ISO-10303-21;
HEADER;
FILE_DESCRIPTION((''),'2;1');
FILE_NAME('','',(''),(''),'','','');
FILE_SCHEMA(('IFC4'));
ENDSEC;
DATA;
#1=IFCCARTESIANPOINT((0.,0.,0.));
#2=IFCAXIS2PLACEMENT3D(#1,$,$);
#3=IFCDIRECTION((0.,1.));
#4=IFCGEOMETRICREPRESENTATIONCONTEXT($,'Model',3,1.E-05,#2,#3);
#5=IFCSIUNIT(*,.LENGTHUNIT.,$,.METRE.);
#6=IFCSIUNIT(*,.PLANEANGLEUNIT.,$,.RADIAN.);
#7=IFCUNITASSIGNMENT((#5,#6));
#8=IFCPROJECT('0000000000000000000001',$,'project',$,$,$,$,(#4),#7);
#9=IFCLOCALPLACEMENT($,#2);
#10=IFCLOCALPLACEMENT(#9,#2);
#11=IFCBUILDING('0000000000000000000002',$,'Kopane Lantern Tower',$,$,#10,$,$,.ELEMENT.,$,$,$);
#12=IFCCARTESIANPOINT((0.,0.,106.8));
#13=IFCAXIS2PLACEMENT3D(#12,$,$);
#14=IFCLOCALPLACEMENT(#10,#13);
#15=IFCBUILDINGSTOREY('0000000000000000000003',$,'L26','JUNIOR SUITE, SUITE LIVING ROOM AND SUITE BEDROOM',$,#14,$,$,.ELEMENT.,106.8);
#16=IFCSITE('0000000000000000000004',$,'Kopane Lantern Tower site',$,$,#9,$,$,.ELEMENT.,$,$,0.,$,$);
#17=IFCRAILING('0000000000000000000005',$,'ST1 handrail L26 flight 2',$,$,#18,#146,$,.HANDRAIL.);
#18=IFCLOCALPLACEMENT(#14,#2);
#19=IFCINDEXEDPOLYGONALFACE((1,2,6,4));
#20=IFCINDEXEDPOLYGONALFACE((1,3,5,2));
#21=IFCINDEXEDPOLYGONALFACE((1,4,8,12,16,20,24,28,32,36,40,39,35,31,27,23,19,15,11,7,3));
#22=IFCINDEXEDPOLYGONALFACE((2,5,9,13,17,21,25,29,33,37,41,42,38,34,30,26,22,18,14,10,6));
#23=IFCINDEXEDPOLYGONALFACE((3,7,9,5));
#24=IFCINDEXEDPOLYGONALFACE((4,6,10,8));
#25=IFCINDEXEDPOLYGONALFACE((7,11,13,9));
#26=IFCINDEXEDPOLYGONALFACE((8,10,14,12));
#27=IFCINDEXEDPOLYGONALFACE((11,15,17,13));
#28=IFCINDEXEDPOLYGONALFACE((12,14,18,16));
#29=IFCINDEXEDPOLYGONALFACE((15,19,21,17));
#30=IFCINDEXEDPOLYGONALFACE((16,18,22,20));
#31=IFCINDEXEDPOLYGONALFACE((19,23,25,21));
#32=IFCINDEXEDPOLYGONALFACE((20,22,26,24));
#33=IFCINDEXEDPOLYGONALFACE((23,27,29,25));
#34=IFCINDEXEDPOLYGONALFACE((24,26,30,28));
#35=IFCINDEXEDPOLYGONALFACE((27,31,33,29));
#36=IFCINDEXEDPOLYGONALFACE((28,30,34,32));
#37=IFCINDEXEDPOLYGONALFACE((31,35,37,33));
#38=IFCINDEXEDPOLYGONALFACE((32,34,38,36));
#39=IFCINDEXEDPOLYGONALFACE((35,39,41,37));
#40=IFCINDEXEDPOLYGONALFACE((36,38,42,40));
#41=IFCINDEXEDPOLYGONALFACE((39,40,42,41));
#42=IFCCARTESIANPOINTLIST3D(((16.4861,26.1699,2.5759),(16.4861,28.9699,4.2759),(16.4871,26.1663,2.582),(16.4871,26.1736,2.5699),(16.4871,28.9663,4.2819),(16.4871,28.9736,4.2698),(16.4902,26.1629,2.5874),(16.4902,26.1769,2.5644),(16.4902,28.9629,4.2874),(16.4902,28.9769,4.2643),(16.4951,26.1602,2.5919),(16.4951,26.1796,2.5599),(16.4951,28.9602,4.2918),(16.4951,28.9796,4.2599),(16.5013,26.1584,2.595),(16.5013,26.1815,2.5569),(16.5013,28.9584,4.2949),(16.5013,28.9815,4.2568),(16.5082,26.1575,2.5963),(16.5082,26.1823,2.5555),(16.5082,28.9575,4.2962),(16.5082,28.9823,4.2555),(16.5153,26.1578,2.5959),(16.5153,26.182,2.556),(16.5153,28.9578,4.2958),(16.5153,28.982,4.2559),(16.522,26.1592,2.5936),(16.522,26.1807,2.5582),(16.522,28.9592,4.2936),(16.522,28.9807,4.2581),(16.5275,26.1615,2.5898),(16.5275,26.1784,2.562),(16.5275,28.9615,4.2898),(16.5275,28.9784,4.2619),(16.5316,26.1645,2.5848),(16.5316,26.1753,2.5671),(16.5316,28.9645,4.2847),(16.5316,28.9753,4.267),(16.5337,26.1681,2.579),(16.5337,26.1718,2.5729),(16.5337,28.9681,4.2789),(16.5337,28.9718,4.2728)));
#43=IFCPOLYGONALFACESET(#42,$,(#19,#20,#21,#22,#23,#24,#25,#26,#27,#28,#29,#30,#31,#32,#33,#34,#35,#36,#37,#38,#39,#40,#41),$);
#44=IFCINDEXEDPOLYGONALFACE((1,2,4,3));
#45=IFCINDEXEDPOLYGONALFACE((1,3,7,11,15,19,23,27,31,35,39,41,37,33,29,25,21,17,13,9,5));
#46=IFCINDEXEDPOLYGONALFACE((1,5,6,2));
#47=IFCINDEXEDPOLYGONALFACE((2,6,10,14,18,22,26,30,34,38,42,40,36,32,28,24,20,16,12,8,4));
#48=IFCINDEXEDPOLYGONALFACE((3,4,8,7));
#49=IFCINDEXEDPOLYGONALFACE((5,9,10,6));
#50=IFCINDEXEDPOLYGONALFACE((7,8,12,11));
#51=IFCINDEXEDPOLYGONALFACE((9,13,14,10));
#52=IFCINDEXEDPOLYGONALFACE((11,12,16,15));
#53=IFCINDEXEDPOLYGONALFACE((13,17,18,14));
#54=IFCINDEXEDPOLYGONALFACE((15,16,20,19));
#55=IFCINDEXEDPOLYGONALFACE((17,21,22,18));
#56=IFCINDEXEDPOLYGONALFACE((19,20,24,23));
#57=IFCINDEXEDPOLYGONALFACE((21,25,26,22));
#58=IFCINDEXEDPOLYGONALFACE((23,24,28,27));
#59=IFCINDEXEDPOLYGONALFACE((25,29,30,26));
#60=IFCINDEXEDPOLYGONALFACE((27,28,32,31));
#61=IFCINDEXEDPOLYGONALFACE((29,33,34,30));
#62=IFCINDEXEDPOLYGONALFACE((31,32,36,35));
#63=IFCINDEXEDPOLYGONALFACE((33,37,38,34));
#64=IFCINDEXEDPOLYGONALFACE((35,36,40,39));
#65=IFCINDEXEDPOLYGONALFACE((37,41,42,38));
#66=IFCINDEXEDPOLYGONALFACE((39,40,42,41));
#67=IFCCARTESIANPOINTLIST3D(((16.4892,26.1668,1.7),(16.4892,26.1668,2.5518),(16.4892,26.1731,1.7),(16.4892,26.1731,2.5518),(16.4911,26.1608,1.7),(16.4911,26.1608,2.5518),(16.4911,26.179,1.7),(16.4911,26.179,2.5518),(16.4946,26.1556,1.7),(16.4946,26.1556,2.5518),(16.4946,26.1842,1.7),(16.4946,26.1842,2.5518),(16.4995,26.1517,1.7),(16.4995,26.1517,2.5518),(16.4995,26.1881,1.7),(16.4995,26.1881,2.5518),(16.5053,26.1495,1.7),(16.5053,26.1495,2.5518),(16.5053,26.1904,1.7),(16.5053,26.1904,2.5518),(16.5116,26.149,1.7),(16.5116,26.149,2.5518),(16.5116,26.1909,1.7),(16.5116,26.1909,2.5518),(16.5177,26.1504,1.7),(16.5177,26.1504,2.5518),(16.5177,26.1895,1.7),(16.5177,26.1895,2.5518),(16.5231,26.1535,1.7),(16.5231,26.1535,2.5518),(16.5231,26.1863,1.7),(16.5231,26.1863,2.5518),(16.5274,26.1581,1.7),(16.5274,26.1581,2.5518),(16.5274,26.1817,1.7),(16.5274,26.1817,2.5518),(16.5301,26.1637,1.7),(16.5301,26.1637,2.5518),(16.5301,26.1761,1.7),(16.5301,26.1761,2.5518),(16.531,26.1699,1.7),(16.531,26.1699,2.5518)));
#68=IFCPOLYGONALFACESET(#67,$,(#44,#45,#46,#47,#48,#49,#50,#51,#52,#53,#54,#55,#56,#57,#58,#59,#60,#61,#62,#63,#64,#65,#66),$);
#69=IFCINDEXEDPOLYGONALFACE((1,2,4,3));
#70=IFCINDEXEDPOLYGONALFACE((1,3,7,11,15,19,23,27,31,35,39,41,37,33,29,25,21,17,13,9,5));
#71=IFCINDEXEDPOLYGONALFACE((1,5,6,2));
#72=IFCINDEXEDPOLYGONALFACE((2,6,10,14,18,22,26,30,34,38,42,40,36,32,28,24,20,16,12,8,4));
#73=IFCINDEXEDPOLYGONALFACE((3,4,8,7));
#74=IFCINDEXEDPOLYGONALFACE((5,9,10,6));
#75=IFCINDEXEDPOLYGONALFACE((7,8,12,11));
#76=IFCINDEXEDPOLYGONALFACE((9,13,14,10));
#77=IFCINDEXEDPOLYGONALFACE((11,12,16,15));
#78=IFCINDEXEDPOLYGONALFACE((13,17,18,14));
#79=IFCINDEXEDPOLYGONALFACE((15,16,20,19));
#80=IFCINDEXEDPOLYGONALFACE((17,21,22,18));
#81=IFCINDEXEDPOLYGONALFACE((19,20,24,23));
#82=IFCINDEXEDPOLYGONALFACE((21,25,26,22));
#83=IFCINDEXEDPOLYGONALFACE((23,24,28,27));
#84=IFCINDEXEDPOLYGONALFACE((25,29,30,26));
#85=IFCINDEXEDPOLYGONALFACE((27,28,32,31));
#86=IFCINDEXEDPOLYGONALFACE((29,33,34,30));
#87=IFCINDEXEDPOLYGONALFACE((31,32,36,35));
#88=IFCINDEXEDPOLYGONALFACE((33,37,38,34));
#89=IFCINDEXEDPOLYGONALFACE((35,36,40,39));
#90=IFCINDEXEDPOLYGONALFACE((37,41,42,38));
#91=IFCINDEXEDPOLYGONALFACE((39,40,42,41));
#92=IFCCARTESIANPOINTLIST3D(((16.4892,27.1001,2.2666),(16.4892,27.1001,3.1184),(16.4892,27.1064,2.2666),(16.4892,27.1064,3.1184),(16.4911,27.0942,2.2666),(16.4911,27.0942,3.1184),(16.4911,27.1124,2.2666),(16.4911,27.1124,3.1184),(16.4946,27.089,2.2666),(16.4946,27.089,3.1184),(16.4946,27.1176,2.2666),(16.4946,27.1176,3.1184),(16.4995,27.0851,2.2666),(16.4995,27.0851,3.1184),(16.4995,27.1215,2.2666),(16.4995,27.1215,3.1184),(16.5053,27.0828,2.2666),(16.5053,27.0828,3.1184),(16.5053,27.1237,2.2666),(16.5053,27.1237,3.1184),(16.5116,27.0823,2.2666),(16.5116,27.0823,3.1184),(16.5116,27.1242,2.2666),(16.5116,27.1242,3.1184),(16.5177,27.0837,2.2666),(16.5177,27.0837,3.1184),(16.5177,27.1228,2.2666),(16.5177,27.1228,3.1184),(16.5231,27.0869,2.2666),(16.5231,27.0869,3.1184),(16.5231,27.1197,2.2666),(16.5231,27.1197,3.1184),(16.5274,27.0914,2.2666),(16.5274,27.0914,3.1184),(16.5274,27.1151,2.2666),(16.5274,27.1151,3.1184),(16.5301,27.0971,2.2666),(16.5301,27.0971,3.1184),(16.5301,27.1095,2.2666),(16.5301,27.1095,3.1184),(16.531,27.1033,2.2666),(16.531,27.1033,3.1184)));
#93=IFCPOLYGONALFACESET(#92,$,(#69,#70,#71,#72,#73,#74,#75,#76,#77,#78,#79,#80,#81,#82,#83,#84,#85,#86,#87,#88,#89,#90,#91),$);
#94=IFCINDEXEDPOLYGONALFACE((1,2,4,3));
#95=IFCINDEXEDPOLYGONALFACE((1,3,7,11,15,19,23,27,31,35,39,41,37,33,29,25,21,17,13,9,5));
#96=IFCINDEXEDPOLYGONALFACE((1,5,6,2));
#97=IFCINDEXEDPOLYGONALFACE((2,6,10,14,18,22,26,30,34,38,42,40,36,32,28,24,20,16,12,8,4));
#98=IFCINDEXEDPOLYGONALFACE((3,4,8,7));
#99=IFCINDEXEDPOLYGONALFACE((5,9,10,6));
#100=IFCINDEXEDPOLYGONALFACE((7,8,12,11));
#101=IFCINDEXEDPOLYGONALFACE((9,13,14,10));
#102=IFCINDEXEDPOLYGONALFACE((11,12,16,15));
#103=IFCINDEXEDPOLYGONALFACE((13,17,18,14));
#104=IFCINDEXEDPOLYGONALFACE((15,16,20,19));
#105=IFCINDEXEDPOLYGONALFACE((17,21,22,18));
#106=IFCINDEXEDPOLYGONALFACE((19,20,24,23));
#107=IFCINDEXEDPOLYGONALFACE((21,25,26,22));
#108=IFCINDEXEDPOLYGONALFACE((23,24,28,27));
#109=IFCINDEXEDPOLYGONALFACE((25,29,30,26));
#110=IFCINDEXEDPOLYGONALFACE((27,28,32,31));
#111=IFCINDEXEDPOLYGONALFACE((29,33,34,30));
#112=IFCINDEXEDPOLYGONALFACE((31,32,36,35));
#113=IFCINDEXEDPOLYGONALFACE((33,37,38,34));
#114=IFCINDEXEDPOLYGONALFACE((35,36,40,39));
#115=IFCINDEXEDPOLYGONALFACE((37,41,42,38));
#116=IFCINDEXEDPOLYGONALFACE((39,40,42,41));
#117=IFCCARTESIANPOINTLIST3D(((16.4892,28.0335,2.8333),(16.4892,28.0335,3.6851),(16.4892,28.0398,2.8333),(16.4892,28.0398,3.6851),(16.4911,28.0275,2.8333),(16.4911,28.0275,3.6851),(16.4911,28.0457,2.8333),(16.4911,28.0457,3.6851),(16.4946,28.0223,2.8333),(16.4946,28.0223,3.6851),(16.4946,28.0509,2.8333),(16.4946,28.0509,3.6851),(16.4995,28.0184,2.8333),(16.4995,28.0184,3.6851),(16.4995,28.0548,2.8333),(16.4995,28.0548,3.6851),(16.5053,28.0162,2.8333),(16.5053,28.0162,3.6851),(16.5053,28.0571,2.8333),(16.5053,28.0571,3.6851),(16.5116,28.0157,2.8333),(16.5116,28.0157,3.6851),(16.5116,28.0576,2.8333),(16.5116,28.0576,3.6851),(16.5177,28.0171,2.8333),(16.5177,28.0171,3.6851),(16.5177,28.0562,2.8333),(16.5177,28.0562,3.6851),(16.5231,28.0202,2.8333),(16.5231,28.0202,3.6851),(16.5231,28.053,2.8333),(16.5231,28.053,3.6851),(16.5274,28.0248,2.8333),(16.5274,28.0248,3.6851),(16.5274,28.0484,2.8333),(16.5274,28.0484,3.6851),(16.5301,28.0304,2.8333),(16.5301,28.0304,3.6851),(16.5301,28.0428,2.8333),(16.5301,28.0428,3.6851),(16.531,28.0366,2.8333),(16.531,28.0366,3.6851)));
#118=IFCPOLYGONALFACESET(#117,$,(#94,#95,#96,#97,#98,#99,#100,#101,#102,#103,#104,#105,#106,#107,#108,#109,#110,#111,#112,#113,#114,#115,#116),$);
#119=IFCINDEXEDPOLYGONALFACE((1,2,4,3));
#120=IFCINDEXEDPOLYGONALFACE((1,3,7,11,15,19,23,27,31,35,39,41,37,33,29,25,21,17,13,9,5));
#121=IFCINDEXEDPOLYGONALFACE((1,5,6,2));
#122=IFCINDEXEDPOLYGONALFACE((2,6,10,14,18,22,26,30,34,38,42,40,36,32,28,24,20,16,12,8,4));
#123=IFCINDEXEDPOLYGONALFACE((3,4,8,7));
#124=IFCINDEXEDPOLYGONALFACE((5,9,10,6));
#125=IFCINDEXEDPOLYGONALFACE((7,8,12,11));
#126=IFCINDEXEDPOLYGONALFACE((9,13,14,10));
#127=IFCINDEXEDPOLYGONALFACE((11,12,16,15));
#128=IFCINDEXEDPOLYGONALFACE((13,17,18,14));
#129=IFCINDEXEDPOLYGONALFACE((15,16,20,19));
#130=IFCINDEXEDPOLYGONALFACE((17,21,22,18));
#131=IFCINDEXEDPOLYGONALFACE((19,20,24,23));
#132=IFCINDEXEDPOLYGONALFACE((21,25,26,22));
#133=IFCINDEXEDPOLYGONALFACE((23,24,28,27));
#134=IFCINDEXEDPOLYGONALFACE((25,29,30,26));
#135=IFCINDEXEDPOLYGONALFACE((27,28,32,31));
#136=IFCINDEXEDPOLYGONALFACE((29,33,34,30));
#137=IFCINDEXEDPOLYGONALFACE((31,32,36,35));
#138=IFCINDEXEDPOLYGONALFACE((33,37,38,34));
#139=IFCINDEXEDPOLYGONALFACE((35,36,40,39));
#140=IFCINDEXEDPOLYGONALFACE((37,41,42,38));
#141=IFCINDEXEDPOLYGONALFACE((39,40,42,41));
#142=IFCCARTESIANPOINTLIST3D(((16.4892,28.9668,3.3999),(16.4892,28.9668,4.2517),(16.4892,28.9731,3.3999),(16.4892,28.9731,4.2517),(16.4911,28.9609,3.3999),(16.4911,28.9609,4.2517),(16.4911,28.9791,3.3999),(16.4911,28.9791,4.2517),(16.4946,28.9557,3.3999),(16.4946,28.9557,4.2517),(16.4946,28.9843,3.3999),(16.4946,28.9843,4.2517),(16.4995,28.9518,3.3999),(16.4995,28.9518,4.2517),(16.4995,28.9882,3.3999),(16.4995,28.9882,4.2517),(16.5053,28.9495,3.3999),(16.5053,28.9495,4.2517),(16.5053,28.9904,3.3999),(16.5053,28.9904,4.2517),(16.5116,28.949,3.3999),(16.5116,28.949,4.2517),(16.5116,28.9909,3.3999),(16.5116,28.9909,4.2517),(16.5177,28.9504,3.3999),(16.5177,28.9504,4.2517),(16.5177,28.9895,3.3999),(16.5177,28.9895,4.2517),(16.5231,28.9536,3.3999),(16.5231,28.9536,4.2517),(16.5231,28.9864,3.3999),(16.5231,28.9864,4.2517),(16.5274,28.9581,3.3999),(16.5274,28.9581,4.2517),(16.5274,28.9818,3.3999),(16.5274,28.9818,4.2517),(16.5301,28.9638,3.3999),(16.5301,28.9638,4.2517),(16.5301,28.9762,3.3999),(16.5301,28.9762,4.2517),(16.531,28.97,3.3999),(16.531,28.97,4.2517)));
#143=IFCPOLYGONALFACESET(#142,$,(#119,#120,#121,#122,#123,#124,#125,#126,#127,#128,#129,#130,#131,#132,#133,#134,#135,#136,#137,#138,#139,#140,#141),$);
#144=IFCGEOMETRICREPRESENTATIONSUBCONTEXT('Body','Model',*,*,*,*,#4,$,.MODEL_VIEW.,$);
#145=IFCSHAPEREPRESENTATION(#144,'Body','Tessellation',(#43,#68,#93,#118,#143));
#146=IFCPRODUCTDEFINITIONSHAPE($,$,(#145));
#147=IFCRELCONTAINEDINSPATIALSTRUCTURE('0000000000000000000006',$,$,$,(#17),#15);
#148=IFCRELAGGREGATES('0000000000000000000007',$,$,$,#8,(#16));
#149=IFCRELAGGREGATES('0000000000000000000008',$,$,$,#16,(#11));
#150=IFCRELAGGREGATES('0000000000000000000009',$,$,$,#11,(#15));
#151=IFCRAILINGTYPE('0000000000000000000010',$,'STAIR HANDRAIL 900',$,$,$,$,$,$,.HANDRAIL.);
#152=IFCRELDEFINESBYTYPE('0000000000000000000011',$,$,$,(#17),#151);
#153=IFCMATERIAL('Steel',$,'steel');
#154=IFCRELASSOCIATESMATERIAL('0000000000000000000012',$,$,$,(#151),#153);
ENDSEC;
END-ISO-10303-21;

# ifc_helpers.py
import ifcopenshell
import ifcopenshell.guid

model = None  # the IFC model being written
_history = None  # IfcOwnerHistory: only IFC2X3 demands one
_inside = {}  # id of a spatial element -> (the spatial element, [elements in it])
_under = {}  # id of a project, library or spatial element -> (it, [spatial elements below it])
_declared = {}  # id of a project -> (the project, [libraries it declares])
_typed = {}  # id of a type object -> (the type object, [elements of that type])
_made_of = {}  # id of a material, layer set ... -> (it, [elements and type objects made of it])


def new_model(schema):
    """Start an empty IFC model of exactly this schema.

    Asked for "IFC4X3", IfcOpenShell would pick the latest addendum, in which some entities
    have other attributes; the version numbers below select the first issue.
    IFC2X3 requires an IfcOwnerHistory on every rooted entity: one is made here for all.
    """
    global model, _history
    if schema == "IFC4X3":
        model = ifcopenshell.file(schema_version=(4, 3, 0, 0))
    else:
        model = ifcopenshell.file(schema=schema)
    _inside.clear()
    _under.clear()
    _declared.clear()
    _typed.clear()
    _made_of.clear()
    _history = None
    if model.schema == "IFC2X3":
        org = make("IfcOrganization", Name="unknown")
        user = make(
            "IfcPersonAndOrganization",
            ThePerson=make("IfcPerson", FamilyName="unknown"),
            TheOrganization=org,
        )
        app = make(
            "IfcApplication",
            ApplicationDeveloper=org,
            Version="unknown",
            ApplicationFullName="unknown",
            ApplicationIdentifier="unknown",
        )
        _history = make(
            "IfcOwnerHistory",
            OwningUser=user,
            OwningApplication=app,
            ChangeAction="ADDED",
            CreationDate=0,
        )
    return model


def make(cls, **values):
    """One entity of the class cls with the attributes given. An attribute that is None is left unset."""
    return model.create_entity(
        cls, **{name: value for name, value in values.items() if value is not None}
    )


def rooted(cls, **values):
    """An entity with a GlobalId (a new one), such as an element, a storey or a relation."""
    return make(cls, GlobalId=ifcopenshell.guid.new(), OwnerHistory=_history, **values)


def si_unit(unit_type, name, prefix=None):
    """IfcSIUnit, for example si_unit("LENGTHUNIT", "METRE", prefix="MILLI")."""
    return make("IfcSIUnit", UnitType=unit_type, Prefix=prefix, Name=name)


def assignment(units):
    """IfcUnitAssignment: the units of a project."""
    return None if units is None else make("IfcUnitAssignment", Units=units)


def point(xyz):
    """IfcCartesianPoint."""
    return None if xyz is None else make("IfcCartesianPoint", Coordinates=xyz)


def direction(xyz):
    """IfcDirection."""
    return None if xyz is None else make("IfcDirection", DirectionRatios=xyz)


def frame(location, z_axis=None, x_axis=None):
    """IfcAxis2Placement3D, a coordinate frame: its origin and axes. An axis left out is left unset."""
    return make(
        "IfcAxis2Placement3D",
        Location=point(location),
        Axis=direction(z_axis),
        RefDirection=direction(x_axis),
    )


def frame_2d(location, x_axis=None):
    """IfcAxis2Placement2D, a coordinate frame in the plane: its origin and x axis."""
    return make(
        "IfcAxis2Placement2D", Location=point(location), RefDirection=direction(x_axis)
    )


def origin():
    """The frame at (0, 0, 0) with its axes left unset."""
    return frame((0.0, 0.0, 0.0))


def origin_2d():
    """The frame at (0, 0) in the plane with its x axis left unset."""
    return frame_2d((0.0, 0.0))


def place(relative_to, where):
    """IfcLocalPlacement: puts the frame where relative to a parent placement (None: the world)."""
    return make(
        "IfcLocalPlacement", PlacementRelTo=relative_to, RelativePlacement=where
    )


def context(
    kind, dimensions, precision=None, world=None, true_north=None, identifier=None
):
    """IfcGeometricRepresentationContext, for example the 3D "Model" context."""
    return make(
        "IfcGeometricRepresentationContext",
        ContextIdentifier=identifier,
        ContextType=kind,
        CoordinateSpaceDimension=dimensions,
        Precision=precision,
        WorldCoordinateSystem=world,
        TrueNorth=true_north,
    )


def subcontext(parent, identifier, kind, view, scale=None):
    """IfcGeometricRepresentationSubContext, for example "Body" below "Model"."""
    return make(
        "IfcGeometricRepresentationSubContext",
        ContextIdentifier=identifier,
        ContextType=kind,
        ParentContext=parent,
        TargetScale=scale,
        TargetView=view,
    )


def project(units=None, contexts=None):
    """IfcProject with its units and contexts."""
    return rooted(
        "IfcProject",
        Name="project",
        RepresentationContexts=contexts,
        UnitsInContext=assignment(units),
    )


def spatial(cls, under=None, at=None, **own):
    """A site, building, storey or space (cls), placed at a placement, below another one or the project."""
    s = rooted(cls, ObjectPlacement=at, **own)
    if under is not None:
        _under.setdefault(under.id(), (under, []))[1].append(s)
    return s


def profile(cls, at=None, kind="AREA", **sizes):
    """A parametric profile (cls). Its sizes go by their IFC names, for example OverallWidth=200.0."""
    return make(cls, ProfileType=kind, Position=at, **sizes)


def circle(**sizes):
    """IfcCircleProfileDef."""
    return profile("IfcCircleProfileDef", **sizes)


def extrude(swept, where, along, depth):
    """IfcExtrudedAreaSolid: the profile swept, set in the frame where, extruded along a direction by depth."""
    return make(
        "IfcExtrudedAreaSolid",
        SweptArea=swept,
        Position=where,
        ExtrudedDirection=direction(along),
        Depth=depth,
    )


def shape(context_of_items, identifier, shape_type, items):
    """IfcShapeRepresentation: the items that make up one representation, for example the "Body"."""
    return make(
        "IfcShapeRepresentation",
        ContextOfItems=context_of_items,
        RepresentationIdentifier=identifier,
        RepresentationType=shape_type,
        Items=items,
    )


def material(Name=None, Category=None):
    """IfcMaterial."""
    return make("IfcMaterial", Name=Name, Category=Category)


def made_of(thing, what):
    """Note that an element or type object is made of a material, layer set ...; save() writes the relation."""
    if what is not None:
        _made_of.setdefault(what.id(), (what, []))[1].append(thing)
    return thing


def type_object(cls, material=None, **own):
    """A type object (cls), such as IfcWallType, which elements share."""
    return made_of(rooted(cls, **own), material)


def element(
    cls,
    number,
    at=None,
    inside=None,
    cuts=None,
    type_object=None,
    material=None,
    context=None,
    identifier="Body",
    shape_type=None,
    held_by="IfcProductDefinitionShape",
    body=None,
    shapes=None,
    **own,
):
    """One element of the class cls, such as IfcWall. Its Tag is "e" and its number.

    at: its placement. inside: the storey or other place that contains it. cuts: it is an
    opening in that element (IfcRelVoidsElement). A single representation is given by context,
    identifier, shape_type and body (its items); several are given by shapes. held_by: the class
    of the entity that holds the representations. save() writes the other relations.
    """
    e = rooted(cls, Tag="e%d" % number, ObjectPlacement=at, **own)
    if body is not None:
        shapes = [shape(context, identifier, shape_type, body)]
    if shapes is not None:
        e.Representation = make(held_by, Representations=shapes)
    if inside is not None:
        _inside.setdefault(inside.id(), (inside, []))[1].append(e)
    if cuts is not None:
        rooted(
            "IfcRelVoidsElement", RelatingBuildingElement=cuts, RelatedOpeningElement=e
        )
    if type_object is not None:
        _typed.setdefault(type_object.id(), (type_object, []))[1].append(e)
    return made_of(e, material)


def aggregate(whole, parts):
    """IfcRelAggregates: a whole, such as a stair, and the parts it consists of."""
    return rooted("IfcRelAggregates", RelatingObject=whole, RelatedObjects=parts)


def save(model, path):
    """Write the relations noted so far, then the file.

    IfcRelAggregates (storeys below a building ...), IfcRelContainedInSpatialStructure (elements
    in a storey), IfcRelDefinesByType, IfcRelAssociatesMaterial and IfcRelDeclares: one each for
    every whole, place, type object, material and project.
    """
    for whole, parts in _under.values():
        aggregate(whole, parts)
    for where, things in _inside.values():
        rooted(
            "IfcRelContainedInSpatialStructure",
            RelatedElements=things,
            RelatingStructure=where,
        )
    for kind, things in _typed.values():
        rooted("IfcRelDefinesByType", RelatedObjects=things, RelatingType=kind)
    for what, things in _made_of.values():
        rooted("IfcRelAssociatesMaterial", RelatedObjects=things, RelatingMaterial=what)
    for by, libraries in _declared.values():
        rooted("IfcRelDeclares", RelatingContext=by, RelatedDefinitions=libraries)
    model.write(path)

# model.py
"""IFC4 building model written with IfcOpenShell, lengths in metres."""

from ifc_helpers import new_model, si_unit, direction, frame, origin, origin_2d, place, context, subcontext, project, spatial, circle, extrude, material, type_object, element, save


model = new_model("IFC4")

# Units and contexts
model_context = context("Model", 3, precision=1e-05, world=origin(), true_north=direction((0.0, 1.0)))
body_context = subcontext(model_context, "Body", "Model", "MODEL_VIEW")
ifc_project = project(units=[si_unit("LENGTHUNIT", "METRE"), si_unit("PLANEANGLEUNIT", "RADIAN")], contexts=[model_context])

# Site, building, storey
site_placement = place(None, origin())
site = spatial("IfcSite", under=ifc_project, at=site_placement, Name="Kopane Lantern Tower site", CompositionType="ELEMENT", RefElevation=0.0)
building_placement = place(site_placement, origin())
building = spatial("IfcBuilding", under=site, at=building_placement, Name="Kopane Lantern Tower", CompositionType="ELEMENT")
storey_placement = place(building_placement, frame((0.0, 0.0, 106.8)))
storey = spatial("IfcBuildingStorey", under=building, at=storey_placement, Name="L26", Description="JUNIOR SUITE, SUITE LIVING ROOM AND SUITE BEDROOM", CompositionType="ELEMENT", Elevation=106.8)

# Railing
ifc_material_1 = material(Name="Steel", Category="steel")
railing_type = type_object("IfcRailingType", Name="STAIR HANDRAIL 900", PredefinedType="HANDRAIL", material=ifc_material_1)
for number, where, name in (
    (1, (16.51, 26.1699, 1.7), "ST1 handrail L26 flight 2"),
):
    element("IfcRailing", number, at=place(storey_placement, frame(where)), inside=storey, type_object=railing_type, Name=name, PredefinedType="HANDRAIL", context=body_context, shape_type="SweptSolid", body=[
        extrude(circle(Radius=0.0239, at=origin_2d()), frame((0.0, 0.0, 0.876), z_axis=(0.0, 0.854798, 0.518961), x_axis=(-1.0, 0.0, 0.0)), (0.0, 0.0, 1.0), 3.2756),
        extrude(circle(Radius=0.021, at=origin_2d()), origin(), (0.0, 0.0, 1.0), 0.8518),
        extrude(circle(Radius=0.021, at=origin_2d()), frame((0.0, 0.9333, 0.5667)), (0.0, 0.0, 1.0), 0.8518),
        extrude(circle(Radius=0.021, at=origin_2d()), frame((0.0, 1.8667, 1.1333)), (0.0, 0.0, 1.0), 0.8518),
        extrude(circle(Radius=0.021, at=origin_2d()), frame((0.0, 2.8, 1.7)), (0.0, 0.0, 1.0), 0.8518),
    ])

save(model, "model.ifc")
